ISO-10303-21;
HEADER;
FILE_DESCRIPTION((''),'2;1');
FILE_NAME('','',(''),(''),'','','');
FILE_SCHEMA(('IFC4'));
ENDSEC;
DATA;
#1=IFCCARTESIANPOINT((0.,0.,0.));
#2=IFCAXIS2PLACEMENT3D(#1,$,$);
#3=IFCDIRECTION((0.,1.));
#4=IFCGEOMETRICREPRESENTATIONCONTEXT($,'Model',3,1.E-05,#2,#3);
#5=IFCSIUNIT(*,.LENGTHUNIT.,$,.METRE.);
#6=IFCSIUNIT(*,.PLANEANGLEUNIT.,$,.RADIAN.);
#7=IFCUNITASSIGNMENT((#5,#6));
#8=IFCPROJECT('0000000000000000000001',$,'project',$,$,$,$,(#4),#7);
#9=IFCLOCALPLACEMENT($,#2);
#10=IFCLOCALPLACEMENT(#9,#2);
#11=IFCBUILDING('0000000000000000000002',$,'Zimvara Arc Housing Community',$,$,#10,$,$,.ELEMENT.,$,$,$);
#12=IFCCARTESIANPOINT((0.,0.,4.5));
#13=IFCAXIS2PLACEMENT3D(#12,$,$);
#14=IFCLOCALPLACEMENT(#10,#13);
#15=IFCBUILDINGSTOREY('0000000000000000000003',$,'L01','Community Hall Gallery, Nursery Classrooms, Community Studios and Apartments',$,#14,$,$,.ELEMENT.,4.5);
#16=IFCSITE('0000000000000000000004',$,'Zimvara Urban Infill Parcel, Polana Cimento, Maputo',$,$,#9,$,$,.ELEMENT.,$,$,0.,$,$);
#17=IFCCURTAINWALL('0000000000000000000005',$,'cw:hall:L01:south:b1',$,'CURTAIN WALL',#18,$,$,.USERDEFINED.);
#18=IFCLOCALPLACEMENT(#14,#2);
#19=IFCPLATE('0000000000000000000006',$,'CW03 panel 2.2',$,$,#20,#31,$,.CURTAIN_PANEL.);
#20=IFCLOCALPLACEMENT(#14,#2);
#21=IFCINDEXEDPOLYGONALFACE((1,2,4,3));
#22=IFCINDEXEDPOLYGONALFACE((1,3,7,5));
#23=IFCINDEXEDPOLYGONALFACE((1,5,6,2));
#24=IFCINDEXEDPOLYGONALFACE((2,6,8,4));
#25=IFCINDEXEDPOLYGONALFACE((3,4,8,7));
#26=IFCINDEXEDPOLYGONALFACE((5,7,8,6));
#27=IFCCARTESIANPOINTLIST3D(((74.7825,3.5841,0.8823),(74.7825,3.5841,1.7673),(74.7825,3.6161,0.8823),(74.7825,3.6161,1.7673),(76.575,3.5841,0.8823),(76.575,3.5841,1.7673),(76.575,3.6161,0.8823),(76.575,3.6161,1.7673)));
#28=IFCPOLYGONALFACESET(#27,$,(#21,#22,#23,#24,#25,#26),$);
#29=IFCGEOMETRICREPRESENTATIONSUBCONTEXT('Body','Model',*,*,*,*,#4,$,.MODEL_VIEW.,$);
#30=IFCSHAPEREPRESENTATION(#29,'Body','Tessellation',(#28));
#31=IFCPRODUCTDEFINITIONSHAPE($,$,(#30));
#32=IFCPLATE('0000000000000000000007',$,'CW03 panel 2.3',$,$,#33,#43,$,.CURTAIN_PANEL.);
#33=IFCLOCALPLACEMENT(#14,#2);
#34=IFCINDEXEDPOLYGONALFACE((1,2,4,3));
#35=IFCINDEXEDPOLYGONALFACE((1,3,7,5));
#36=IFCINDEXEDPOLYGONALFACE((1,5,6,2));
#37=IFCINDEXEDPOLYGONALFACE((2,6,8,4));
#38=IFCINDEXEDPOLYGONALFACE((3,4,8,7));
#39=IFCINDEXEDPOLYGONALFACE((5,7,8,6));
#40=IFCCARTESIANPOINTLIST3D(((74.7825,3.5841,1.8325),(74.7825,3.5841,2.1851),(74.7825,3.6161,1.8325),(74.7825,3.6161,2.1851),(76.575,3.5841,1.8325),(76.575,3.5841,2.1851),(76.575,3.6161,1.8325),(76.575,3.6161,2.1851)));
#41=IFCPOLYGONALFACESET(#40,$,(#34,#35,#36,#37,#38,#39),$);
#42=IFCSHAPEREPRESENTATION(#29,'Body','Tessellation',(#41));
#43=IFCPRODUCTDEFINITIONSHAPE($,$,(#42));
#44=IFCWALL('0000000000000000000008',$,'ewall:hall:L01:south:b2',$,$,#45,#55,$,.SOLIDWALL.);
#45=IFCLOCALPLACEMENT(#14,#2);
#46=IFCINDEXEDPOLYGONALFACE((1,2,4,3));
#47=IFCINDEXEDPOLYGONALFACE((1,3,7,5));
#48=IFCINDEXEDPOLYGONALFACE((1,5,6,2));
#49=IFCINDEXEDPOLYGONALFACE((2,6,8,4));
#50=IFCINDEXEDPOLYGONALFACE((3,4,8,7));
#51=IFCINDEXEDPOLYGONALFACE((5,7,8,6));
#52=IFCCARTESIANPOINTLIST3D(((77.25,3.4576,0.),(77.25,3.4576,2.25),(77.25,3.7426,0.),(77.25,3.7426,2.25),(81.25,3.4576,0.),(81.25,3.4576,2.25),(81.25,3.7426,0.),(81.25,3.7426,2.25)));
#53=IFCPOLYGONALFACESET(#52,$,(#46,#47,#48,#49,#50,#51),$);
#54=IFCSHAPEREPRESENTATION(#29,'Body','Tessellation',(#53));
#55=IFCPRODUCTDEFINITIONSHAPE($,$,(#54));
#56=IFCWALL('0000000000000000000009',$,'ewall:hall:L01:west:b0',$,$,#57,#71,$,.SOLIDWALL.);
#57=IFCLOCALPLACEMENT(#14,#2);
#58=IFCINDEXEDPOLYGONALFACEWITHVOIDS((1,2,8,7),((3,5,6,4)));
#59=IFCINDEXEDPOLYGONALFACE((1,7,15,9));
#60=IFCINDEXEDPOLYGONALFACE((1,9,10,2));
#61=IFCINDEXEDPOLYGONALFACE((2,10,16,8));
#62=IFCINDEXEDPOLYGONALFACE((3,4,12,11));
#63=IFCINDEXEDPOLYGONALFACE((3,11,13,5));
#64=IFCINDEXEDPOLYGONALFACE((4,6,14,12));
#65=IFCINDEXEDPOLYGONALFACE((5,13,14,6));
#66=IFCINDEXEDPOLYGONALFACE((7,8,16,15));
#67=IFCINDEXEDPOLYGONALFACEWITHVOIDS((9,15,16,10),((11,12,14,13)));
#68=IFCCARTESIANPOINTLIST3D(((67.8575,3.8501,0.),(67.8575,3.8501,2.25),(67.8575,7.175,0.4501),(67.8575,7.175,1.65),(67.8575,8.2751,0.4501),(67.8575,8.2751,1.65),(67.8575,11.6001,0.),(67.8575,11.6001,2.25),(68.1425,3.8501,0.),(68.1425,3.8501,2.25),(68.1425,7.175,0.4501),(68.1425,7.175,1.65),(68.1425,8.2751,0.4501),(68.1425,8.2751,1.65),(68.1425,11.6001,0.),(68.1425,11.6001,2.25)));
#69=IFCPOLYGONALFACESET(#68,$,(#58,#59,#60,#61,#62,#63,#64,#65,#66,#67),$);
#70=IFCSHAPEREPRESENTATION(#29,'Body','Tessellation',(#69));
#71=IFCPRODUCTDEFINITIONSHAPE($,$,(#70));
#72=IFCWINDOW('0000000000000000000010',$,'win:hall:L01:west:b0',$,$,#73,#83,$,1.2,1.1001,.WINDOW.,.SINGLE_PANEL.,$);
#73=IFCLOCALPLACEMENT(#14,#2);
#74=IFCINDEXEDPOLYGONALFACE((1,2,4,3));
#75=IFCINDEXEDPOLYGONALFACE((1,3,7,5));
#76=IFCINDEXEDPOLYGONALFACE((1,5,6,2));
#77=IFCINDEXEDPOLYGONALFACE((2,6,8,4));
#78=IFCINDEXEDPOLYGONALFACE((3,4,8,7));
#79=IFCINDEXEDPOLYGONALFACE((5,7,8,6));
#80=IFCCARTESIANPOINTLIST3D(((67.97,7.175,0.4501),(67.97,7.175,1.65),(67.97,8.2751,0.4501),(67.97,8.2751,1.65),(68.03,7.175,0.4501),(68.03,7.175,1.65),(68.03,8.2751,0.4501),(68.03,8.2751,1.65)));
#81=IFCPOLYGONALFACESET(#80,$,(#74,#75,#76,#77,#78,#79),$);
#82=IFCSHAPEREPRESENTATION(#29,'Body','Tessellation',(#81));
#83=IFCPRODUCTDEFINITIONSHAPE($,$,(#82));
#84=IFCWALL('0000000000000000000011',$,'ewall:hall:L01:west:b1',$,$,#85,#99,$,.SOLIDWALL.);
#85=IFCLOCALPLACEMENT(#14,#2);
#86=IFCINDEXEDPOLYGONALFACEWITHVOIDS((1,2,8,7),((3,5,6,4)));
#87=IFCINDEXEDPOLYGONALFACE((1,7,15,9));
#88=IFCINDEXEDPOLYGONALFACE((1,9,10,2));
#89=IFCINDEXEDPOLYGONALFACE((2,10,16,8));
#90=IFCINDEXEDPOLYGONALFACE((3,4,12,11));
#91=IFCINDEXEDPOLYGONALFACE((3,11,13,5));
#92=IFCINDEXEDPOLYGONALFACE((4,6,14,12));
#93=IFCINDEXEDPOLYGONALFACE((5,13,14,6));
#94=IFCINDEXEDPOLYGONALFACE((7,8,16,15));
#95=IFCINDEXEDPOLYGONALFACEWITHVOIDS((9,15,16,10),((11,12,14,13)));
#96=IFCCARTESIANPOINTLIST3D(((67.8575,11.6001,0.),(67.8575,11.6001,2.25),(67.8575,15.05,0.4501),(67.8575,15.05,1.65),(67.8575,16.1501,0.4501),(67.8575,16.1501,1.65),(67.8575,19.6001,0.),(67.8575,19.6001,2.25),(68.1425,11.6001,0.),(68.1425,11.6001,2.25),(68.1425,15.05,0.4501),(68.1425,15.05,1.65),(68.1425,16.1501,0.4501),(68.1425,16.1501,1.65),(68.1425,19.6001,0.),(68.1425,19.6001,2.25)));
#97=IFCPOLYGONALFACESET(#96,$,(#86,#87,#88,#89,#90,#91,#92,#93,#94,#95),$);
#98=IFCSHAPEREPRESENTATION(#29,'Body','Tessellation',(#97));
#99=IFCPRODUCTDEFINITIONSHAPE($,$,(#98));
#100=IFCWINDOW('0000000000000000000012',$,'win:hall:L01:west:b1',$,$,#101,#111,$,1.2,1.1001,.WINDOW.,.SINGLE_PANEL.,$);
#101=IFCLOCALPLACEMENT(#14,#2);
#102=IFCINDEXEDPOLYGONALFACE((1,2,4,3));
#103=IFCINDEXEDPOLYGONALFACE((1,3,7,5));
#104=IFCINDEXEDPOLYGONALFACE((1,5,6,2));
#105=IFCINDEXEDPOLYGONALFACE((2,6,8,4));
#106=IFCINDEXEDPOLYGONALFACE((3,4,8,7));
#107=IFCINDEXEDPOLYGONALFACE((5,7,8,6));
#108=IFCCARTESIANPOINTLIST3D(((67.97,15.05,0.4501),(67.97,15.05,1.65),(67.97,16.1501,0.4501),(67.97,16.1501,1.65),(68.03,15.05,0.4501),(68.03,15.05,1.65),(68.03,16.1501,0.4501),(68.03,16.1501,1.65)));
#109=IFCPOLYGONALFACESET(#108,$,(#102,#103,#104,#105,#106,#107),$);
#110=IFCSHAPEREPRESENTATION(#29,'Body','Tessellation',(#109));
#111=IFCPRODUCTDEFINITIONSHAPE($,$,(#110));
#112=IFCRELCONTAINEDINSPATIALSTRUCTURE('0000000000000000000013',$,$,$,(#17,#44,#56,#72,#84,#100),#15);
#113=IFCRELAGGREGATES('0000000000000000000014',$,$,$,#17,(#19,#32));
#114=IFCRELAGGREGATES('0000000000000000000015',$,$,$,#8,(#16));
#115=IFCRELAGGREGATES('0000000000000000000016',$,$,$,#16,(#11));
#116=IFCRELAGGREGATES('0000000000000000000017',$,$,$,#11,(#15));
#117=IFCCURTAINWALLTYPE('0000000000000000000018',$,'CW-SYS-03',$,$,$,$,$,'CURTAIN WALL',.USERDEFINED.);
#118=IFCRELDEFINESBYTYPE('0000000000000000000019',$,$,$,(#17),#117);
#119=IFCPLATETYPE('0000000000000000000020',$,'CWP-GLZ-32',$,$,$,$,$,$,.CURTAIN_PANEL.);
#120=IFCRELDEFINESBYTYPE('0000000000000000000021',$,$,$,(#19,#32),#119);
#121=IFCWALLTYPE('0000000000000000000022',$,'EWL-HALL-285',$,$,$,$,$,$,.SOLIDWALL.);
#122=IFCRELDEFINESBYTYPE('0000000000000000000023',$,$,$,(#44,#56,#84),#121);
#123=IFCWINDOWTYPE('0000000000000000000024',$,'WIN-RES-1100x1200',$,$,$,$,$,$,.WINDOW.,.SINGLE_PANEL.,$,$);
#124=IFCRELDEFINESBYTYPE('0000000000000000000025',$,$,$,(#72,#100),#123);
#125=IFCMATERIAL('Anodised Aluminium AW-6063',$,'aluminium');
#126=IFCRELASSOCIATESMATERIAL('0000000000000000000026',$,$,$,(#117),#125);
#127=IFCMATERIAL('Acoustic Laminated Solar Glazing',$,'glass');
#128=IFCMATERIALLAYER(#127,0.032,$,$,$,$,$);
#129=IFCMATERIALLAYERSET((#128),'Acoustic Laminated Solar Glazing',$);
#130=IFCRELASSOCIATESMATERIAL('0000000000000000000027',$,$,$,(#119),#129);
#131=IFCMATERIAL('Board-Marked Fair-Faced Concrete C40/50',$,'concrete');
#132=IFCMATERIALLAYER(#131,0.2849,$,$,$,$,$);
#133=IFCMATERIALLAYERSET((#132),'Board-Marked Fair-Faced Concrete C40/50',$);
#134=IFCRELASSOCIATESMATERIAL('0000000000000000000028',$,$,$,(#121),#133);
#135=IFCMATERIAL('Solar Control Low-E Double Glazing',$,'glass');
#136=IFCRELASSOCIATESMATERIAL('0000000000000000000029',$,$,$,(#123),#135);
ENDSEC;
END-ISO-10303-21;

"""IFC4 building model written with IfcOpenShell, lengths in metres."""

from ifc_helpers import new_model, si_unit, direction, frame, frame_2d, origin, origin_2d, place, context, subcontext, project, spatial, rectangle, extrude, material, layer, layer_set, type_object, element, fill, aggregate, save


model = new_model("IFC4")

# Units and contexts
model_context = context("Model", 3, precision=1e-05, world=origin(), true_north=direction((0.0, 1.0)))
body_context = subcontext(model_context, "Body", "Model", "MODEL_VIEW")
ifc_project = project(units=[si_unit("LENGTHUNIT", "METRE"), si_unit("PLANEANGLEUNIT", "RADIAN")], contexts=[model_context])

# Site, building, storey
site_placement = place(None, origin())
site = spatial("IfcSite", under=ifc_project, at=site_placement, Name="Zimvara Urban Infill Parcel, Polana Cimento, Maputo", CompositionType="ELEMENT", RefElevation=0.0)
building_placement = place(site_placement, origin())
building = spatial("IfcBuilding", under=site, at=building_placement, Name="Zimvara Arc Housing Community", CompositionType="ELEMENT")
storey_placement = place(building_placement, frame((0.0, 0.0, 4.5)))
storey = spatial("IfcBuildingStorey", under=building, at=storey_placement, Name="L01", Description="Community Hall Gallery, Nursery Classrooms, Community Studios and Apartments", CompositionType="ELEMENT", Elevation=4.5)

# Curtain wall, plates
ifc_material_1 = material(Name="Anodised Aluminium AW-6063", Category="aluminium")
curtain_wall_type = type_object("IfcCurtainWallType", Name="CW-SYS-03", ElementType="CURTAIN WALL", PredefinedType="USERDEFINED", material=ifc_material_1)
curtain_wall_placement = place(storey_placement, origin())
curtain_wall = element("IfcCurtainWall", 1, at=curtain_wall_placement, inside=storey, type_object=curtain_wall_type, Name="cw:hall:L01:south:b1", ObjectType="CURTAIN WALL", PredefinedType="USERDEFINED")
ifc_material_2 = material(Name="Acoustic Laminated Solar Glazing", Category="glass")
ifc_layer_1 = layer(ifc_material_2, 0.032)
ifc_layer_set_1 = layer_set([ifc_layer_1], Name="Acoustic Laminated Solar Glazing")
plate_type = type_object("IfcPlateType", Name="CWP-GLZ-32", PredefinedType="CURTAIN_PANEL", material=ifc_layer_set_1)
plate_1_placement = place(storey_placement, frame((75.6787, 3.6001, 0.8823), z_axis=(0.0, 0.0, 1.0), x_axis=(1.0, 0.0, 0.0)))
plate_1 = element("IfcPlate", 2, at=plate_1_placement, type_object=plate_type, Name="CW03 panel 2.2", PredefinedType="CURTAIN_PANEL", context=body_context, shape_type="SweptSolid", body=[
    extrude(rectangle(XDim=1.7925, YDim=0.032, at=origin_2d()), origin(), (0.0, 0.0, 1.0), 0.885),
])
plate_2_placement = place(storey_placement, frame((75.6787, 3.6001, 1.8325), z_axis=(0.0, 0.0, 1.0), x_axis=(1.0, 0.0, 0.0)))
plate_2 = element("IfcPlate", 3, at=plate_2_placement, type_object=plate_type, Name="CW03 panel 2.3", PredefinedType="CURTAIN_PANEL", context=body_context, shape_type="SweptSolid", body=[
    extrude(rectangle(XDim=1.7925, YDim=0.032, at=origin_2d()), origin(), (0.0, 0.0, 1.0), 0.3525),
])
aggregate(curtain_wall, [plate_1, plate_2])

# Wall
ifc_material_3 = material(Name="Board-Marked Fair-Faced Concrete C40/50", Category="concrete")
ifc_layer_2 = layer(ifc_material_3, 0.2849)
ifc_layer_set_2 = layer_set([ifc_layer_2], Name="Board-Marked Fair-Faced Concrete C40/50")
wall_type_1 = type_object("IfcWallType", Name="EWL-HALL-285", PredefinedType="SOLIDWALL", material=ifc_layer_set_2)
wall_1_placement = place(storey_placement, frame((77.25, 3.6001, 0.0), z_axis=(0.0, 0.0, 1.0), x_axis=(1.0, 0.0, 0.0)))
element("IfcWall", 4, at=wall_1_placement, inside=storey, type_object=wall_type_1, Name="ewall:hall:L01:south:b2", PredefinedType="SOLIDWALL", context=body_context, shape_type="SweptSolid", body=[
    extrude(rectangle(XDim=4.0, YDim=0.2849, at=frame_2d((2.0, 0.0))), origin(), (0.0, 0.0, 1.0), 2.25),
])

# Walls, openings, windows
wall_2_placement = place(storey_placement, frame((68.0, 3.8501, 0.0), z_axis=(0.0, 0.0, 1.0), x_axis=(0.0, 1.0, 0.0)))
wall_2 = element("IfcWall", 5, at=wall_2_placement, inside=storey, type_object=wall_type_1, Name="ewall:hall:L01:west:b0", PredefinedType="SOLIDWALL", context=body_context, shape_type="SweptSolid", body=[
    extrude(rectangle(XDim=7.75, YDim=0.2849, at=frame_2d((3.875, 0.0))), origin(), (0.0, 0.0, 1.0), 2.25),
])
opening_1_placement = place(wall_2_placement, frame((3.325, 0.0, 0.45)))
opening_1 = element("IfcOpeningElement", 6, at=opening_1_placement, cuts=wall_2, PredefinedType="OPENING", context=body_context, shape_type="SweptSolid", body=[
    extrude(rectangle(XDim=1.1001, YDim=1.2, at=frame_2d((0.55, 0.6001))), frame((0.0, 0.1523, 0.0), z_axis=(0.0, -1.0, 0.0), x_axis=(1.0, 0.0, 0.0)), (0.0, 0.0, 1.0), 0.3049),
])
ifc_material_4 = material(Name="Solar Control Low-E Double Glazing", Category="glass")
window_type = type_object("IfcWindowType", Name="WIN-RES-1100x1200", PartitioningType="SINGLE_PANEL", PredefinedType="WINDOW", material=ifc_material_4)
window_1_placement = place(opening_1_placement, origin())
window_1 = element("IfcWindow", 7, at=window_1_placement, inside=storey, type_object=window_type, Name="win:hall:L01:west:b0", OverallHeight=1.2, OverallWidth=1.1001, PartitioningType="SINGLE_PANEL", PredefinedType="WINDOW", context=body_context, shape_type="SweptSolid", body=[
    extrude(rectangle(XDim=1.1001, YDim=1.2, at=frame_2d((0.55, 0.6001))), frame((0.0, 0.03, 0.0), z_axis=(0.0, -1.0, 0.0), x_axis=(1.0, 0.0, 0.0)), (0.0, 0.0, 1.0), 0.0601),
])
fill(opening_1, window_1)
wall_3_placement = place(storey_placement, frame((68.0, 11.6001, 0.0), z_axis=(0.0, 0.0, 1.0), x_axis=(0.0, 1.0, 0.0)))
wall_3 = element("IfcWall", 8, at=wall_3_placement, inside=storey, type_object=wall_type_1, Name="ewall:hall:L01:west:b1", PredefinedType="SOLIDWALL", context=body_context, shape_type="SweptSolid", body=[
    extrude(rectangle(XDim=8.0, YDim=0.2849, at=frame_2d((4.0, 0.0))), origin(), (0.0, 0.0, 1.0), 2.25),
])
opening_2_placement = place(wall_3_placement, frame((3.45, 0.0, 0.45)))
opening_2 = element("IfcOpeningElement", 9, at=opening_2_placement, cuts=wall_3, PredefinedType="OPENING", context=body_context, shape_type="SweptSolid", body=[
    extrude(rectangle(XDim=1.1001, YDim=1.2, at=frame_2d((0.55, 0.6001))), frame((0.0, 0.1523, 0.0), z_axis=(0.0, -1.0, 0.0), x_axis=(1.0, 0.0, 0.0)), (0.0, 0.0, 1.0), 0.3049),
])
window_2_placement = place(opening_2_placement, origin())
window_2 = element("IfcWindow", 10, at=window_2_placement, inside=storey, type_object=window_type, Name="win:hall:L01:west:b1", OverallHeight=1.2, OverallWidth=1.1001, PartitioningType="SINGLE_PANEL", PredefinedType="WINDOW", context=body_context, shape_type="SweptSolid", body=[
    extrude(rectangle(XDim=1.1001, YDim=1.2, at=frame_2d((0.55, 0.6001))), frame((0.0, 0.03, 0.0), z_axis=(0.0, -1.0, 0.0), x_axis=(1.0, 0.0, 0.0)), (0.0, 0.0, 1.0), 0.0601),
])
fill(opening_2, window_2)

save(model, "model.ifc")
